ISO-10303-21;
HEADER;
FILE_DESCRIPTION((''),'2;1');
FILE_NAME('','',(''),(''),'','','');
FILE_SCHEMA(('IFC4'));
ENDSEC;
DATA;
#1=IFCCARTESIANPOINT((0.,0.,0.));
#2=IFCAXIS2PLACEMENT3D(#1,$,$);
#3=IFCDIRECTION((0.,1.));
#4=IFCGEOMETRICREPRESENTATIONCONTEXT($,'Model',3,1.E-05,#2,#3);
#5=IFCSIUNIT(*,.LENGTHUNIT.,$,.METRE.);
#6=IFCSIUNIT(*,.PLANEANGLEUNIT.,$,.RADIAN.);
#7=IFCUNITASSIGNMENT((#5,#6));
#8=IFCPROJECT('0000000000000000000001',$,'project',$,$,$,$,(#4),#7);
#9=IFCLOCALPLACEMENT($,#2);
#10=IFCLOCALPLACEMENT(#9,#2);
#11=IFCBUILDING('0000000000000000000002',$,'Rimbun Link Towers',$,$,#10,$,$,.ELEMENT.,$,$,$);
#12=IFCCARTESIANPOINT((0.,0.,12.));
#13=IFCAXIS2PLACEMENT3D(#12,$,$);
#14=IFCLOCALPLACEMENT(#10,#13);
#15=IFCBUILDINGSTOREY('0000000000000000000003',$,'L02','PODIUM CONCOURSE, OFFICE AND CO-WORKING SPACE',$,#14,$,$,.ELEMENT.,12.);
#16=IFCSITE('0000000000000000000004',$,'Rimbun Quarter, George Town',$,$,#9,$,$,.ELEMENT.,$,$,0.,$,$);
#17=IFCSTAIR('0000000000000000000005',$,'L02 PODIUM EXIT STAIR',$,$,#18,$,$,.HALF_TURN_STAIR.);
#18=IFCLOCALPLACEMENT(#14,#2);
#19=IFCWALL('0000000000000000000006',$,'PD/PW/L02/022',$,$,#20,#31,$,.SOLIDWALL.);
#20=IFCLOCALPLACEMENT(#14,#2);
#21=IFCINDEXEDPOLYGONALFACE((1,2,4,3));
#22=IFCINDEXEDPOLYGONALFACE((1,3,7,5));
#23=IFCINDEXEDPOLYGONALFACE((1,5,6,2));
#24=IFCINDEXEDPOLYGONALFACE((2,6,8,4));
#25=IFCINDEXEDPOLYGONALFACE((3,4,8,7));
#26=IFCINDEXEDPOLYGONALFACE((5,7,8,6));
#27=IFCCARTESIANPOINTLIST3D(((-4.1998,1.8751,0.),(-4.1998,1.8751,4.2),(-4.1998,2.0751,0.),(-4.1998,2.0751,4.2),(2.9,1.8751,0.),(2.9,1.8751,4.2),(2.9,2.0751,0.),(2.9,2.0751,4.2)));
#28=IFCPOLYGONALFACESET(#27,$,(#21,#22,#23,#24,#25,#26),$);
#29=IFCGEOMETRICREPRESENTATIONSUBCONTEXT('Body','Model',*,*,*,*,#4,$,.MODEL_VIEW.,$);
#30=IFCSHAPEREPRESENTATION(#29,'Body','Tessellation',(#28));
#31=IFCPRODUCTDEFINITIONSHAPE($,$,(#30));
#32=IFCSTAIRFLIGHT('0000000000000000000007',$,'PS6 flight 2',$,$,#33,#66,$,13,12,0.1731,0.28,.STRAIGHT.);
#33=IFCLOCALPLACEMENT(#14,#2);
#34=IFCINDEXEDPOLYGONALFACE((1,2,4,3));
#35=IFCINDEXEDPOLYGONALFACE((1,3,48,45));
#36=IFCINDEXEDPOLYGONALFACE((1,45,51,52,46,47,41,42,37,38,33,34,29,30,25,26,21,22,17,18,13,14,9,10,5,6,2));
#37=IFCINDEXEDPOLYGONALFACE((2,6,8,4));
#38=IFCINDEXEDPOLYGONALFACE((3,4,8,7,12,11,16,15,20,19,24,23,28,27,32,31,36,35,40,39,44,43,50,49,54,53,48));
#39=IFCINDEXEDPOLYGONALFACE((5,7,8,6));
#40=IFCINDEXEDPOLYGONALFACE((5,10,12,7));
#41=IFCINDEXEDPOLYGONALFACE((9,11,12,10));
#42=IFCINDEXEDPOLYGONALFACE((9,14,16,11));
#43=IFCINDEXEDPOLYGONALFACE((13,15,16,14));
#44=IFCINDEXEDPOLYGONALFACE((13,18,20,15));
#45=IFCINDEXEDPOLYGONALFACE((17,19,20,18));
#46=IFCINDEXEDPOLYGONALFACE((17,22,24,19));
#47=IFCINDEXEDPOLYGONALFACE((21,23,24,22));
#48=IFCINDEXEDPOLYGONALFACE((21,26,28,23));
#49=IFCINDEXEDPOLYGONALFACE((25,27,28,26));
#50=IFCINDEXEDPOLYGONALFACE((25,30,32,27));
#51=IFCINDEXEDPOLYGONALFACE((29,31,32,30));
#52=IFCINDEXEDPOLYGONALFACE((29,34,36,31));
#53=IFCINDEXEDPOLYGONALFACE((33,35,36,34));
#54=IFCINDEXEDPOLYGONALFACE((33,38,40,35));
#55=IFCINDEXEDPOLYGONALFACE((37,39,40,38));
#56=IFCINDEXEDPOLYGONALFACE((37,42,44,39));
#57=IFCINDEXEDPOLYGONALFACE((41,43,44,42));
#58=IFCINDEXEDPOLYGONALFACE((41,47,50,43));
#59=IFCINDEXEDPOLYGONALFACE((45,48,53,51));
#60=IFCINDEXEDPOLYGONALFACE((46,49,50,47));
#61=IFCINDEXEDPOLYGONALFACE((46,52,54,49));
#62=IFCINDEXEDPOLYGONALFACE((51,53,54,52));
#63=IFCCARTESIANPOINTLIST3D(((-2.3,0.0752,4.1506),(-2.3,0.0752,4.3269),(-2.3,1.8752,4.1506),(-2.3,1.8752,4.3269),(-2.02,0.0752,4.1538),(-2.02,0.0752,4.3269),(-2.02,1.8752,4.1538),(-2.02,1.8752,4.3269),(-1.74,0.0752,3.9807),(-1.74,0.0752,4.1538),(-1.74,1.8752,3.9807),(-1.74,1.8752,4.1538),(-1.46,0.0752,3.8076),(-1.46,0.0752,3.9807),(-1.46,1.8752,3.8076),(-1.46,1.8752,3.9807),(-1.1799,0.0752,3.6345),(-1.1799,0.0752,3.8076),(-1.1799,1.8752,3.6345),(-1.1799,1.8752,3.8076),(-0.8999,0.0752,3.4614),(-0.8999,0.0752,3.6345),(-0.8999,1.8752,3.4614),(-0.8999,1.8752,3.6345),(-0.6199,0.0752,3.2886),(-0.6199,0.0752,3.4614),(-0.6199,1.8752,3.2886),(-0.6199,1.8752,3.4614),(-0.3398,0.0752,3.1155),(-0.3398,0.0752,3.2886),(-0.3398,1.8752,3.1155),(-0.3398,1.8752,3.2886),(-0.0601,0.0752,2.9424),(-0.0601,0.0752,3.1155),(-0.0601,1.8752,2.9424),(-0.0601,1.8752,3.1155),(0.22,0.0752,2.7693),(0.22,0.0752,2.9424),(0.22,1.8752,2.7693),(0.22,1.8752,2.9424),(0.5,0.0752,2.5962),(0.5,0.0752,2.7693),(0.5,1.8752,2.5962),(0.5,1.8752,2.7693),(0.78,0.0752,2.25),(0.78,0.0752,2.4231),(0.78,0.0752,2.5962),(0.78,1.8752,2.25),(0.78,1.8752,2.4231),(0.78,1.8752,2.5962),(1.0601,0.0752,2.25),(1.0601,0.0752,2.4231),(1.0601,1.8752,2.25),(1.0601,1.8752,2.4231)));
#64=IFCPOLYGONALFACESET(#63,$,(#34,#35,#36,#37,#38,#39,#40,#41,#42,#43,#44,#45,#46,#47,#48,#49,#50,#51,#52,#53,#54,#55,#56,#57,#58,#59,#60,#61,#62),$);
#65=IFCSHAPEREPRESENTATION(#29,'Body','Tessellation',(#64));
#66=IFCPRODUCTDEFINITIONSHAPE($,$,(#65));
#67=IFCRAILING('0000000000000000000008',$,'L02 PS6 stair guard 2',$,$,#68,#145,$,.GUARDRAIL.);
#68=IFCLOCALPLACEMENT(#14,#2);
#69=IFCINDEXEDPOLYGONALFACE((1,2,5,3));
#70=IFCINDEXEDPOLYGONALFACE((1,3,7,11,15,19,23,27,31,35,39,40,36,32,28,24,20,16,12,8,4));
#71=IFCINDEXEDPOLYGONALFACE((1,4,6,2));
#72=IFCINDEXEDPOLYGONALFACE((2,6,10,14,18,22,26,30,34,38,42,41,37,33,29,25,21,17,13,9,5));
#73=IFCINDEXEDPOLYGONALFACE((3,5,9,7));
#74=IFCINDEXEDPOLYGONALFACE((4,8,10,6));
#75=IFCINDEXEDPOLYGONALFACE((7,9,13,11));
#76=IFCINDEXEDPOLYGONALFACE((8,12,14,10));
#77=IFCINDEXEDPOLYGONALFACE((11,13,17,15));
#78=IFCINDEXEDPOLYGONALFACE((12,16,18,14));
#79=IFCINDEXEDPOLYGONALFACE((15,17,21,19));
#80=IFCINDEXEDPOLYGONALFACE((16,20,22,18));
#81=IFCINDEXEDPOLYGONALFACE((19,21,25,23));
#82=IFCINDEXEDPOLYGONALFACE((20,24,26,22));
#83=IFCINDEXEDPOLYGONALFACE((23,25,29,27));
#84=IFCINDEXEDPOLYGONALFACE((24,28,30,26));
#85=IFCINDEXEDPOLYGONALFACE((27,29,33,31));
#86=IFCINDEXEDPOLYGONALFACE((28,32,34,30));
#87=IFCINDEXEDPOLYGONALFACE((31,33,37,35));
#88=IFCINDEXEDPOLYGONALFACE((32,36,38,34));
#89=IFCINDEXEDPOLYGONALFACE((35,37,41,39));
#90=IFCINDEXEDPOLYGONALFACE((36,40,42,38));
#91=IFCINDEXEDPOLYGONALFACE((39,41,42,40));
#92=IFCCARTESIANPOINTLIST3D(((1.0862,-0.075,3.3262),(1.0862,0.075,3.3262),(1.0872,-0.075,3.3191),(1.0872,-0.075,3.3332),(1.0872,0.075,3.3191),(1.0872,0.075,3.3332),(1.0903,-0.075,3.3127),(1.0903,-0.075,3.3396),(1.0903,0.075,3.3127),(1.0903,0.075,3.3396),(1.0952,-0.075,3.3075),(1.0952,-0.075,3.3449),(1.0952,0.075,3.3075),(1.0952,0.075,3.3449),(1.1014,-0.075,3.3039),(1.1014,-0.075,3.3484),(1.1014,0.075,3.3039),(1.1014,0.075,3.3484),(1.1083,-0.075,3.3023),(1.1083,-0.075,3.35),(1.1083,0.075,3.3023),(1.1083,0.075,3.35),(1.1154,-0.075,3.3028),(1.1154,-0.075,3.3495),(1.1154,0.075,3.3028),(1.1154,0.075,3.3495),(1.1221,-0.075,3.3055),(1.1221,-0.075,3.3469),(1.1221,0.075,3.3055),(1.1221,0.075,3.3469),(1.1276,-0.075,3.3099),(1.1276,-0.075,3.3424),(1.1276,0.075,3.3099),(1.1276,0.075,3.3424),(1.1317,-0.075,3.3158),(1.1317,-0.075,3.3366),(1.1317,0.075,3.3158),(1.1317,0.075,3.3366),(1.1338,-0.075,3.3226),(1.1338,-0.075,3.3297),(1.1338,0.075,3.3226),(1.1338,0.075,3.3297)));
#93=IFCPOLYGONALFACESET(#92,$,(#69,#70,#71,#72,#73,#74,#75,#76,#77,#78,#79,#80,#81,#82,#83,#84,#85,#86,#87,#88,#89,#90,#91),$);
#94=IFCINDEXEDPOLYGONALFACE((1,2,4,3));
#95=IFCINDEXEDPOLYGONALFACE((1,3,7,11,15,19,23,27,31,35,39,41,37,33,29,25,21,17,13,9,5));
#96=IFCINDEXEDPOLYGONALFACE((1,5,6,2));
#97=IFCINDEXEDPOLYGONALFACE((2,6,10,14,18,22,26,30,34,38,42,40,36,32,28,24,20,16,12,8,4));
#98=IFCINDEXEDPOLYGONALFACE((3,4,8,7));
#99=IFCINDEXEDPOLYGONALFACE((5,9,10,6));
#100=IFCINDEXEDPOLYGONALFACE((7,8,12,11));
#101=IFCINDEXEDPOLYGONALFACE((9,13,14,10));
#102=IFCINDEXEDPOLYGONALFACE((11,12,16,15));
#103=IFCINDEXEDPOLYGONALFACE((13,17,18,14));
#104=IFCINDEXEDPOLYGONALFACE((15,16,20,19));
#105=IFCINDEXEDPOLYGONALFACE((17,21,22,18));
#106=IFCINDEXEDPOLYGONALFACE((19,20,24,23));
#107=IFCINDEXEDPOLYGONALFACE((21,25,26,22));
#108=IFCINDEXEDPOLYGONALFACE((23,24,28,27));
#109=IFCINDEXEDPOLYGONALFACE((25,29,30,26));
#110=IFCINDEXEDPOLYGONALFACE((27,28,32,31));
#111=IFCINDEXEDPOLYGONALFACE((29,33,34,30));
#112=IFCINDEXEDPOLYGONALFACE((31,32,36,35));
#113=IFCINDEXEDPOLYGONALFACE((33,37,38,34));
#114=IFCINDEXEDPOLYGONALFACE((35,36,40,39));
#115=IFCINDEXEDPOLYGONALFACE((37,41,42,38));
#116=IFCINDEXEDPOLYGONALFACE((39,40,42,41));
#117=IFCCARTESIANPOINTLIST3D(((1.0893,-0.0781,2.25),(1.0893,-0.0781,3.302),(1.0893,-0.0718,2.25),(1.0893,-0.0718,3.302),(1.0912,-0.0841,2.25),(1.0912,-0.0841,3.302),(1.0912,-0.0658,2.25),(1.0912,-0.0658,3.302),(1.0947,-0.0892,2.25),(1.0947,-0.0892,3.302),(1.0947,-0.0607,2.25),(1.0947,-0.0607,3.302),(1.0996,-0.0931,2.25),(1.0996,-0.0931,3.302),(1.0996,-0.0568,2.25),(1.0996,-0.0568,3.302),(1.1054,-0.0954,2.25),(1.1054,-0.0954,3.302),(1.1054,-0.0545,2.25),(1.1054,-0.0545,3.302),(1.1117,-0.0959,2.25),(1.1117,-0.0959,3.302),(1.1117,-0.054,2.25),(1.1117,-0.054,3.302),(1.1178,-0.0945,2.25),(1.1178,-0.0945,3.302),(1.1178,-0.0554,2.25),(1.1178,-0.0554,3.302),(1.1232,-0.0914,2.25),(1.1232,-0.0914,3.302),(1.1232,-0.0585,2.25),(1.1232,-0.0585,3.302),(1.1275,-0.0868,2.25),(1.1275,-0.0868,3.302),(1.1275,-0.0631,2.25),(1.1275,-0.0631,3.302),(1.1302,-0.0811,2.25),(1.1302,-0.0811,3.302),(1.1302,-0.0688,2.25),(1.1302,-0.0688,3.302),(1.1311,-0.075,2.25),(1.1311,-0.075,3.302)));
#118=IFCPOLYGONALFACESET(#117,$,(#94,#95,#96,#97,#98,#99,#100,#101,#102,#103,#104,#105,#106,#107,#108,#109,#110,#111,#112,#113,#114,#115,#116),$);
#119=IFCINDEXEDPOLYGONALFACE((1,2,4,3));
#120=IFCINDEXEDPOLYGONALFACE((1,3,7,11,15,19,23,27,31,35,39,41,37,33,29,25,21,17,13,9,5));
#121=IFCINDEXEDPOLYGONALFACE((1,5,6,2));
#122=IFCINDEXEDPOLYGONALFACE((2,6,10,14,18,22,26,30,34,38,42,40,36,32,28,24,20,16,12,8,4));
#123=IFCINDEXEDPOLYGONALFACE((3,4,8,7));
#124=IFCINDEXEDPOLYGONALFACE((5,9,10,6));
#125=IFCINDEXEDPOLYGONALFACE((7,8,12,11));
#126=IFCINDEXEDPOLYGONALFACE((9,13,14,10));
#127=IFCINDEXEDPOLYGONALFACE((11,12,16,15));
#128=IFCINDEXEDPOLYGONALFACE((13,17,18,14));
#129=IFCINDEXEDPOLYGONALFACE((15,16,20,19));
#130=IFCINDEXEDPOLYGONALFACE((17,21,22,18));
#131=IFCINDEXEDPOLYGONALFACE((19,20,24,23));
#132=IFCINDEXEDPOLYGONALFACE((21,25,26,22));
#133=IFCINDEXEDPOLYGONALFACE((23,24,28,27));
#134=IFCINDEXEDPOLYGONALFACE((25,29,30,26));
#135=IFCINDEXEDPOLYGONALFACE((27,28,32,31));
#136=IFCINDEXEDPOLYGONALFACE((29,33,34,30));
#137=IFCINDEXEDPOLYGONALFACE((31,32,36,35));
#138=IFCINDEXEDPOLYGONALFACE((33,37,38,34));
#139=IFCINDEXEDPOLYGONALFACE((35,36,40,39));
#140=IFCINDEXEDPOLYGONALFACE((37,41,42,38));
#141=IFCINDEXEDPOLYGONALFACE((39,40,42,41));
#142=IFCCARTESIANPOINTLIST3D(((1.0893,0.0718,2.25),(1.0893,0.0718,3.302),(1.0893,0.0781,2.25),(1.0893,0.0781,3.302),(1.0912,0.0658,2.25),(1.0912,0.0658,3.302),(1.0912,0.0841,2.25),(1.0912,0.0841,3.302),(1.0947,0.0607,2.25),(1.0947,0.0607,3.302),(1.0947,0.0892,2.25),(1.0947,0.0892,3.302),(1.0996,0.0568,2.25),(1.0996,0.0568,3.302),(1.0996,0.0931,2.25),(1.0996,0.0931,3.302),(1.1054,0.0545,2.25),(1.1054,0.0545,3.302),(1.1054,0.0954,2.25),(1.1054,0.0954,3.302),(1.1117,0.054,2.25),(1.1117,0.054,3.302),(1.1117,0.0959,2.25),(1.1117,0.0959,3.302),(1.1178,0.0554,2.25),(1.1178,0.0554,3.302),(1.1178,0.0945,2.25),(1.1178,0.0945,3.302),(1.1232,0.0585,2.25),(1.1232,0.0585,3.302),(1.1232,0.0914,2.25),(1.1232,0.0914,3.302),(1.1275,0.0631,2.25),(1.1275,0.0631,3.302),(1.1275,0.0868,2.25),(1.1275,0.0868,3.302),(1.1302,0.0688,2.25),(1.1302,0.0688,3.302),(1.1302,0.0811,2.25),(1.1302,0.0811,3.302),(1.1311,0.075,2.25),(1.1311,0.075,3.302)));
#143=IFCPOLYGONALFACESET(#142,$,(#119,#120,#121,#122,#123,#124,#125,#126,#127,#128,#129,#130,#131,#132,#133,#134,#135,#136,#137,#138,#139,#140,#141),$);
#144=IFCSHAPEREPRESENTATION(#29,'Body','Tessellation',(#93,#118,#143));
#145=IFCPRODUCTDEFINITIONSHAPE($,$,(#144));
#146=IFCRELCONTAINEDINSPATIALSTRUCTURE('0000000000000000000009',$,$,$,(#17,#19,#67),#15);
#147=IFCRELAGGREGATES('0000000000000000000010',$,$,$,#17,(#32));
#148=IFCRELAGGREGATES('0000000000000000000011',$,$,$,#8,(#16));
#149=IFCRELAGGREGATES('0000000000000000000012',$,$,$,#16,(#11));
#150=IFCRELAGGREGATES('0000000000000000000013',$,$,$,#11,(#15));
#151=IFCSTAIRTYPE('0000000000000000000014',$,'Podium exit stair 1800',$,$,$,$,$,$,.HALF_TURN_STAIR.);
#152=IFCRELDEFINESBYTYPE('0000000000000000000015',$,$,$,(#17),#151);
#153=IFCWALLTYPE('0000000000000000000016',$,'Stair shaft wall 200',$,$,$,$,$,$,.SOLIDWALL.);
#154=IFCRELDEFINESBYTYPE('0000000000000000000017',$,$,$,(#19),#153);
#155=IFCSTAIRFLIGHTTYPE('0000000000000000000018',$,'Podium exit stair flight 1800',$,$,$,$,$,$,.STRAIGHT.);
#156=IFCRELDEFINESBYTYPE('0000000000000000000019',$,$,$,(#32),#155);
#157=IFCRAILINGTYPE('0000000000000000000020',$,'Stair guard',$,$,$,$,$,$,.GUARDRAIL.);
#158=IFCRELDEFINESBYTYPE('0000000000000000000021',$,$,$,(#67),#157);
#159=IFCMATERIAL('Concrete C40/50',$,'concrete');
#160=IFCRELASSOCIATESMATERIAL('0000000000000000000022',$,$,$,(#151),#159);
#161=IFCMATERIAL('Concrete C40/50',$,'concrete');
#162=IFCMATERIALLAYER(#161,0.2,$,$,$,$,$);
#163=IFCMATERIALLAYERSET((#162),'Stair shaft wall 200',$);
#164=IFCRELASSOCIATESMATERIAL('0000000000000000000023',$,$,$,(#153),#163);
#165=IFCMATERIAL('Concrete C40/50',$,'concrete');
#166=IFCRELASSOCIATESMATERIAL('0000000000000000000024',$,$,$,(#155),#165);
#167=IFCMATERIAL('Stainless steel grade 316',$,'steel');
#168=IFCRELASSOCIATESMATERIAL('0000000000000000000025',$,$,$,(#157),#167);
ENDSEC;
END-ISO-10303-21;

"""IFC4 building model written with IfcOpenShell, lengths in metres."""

from ifc_helpers import new_model, si_unit, direction, frame, frame_2d, origin, origin_2d, place, context, subcontext, project, spatial, polyline, rectangle, circle, outline, extrude, material, layer, layer_set, type_object, element, aggregate, save


model = new_model("IFC4")

# Units and contexts
model_context = context("Model", 3, precision=1e-05, world=origin(), true_north=direction((0.0, 1.0)))
body_context = subcontext(model_context, "Body", "Model", "MODEL_VIEW")
ifc_project = project(units=[si_unit("LENGTHUNIT", "METRE"), si_unit("PLANEANGLEUNIT", "RADIAN")], contexts=[model_context])

# Site, building, storey
site_placement = place(None, origin())
site = spatial("IfcSite", under=ifc_project, at=site_placement, Name="Rimbun Quarter, George Town", CompositionType="ELEMENT", RefElevation=0.0)
building_placement = place(site_placement, origin())
building = spatial("IfcBuilding", under=site, at=building_placement, Name="Rimbun Link Towers", CompositionType="ELEMENT")
storey_placement = place(building_placement, frame((0.0, 0.0, 12.0)))
storey = spatial("IfcBuildingStorey", under=building, at=storey_placement, Name="L02", Description="PODIUM CONCOURSE, OFFICE AND CO-WORKING SPACE", CompositionType="ELEMENT", Elevation=12.0)

# Stair
ifc_material_1 = material(Name="Concrete C40/50", Category="concrete")
stair_type_1 = type_object("IfcStairType", Name="Podium exit stair 1800", PredefinedType="HALF_TURN_STAIR", material=ifc_material_1)
stair_1_placement = place(storey_placement, origin())
stair_1 = element("IfcStair", 1, at=stair_1_placement, inside=storey, type_object=stair_type_1, Name="L02 PODIUM EXIT STAIR", PredefinedType="HALF_TURN_STAIR")

# Shared definitions
ifc_material_2 = material(Name="Concrete C40/50", Category="concrete")
ifc_layer_1 = layer(ifc_material_2, 0.2)
ifc_layer_set_1 = layer_set([ifc_layer_1], Name="Stair shaft wall 200")
wall_type = type_object("IfcWallType", Name="Stair shaft wall 200", PredefinedType="SOLIDWALL", material=ifc_layer_set_1)

# Wall
wall_1_placement = place(storey_placement, frame((2.8999, 1.9751, 0.0), z_axis=(0.0, 0.0, 1.0), x_axis=(-1.0, 0.0, 0.0)))
element("IfcWall", 2, at=wall_1_placement, inside=storey, type_object=wall_type, Name="PD/PW/L02/022", PredefinedType="SOLIDWALL", context=body_context, shape_type="SweptSolid", body=[
    extrude(rectangle(XDim=7.0999, YDim=0.2, at=frame_2d((3.5498, 0.0))), origin(), (0.0, 0.0, 1.0), 4.2),
])

# Stair flight
ifc_material_3 = material(Name="Concrete C40/50", Category="concrete")
stair_flight_type = type_object("IfcStairFlightType", Name="Podium exit stair flight 1800", PredefinedType="STRAIGHT", material=ifc_material_3)
stair_flight_placement = place(storey_placement, frame((1.0601, 0.9751, 2.25), z_axis=(0.0, 0.0, 1.0), x_axis=(-1.0, 0.0, 0.0)))
stair_flight = element("IfcStairFlight", 3, at=stair_flight_placement, type_object=stair_flight_type, Name="PS6 flight 2", NumberOfRisers=13, NumberOfTreads=12, PredefinedType="STRAIGHT", RiserHeight=0.1731, TreadLength=0.28, context=body_context, shape_type="SweptSolid", body=[
    extrude(outline(polyline([(0.0, 0.0), (0.0, 0.1731), (0.28, 0.1731), (0.28, 0.3462), (0.5601, 0.3462), (0.5601, 0.5193), (0.8401, 0.5193), (0.8401, 0.6924), (1.1201, 0.6924), (1.1201, 0.8655), (1.3999, 0.8655), (1.3999, 1.0386), (1.6799, 1.0386), (1.6799, 1.2114), (1.96, 1.2114), (1.96, 1.3845), (2.24, 1.3845), (2.24, 1.5576), (2.52, 1.5576), (2.52, 1.7307), (2.8, 1.7307), (2.8, 1.9038), (3.0801, 1.9038), (3.0801, 2.0769), (3.3601, 2.0769), (3.3601, 2.25), (3.3601, 1.9006), (0.28, 0.0), (0.0, 0.0)])), frame((0.0, 0.8999, 0.0), z_axis=(0.0, -1.0, 0.0), x_axis=(1.0, 0.0, 0.0)), (0.0, 0.0, 1.0), 1.8),
])
aggregate(stair_1, [stair_flight])

# Railing
ifc_material_4 = material(Name="Stainless steel grade 316", Category="steel")
railing_type_1 = type_object("IfcRailingType", Name="Stair guard", PredefinedType="GUARDRAIL", material=ifc_material_4)
railing_1_placement = place(storey_placement, frame((1.1101, -0.075, 2.25)))
element("IfcRailing", 4, at=railing_1_placement, inside=storey, type_object=railing_type_1, Name="L02 PS6 stair guard 2", PredefinedType="GUARDRAIL", context=body_context, shape_type="SweptSolid", body=[
    extrude(circle(Radius=0.0239, at=origin_2d()), frame((0.0, 0.0, 1.0762), z_axis=(0.0, 1.0, 0.0), x_axis=(-1.0, 0.0, 0.0)), (0.0, 0.0, 1.0), 0.1499),
    extrude(circle(Radius=0.021, at=origin_2d()), origin(), (0.0, 0.0, 1.0), 1.052),
    extrude(circle(Radius=0.021, at=origin_2d()), frame((0.0, 0.1499, 0.0)), (0.0, 0.0, 1.0), 1.052),
])

save(model, "model.ifc")
